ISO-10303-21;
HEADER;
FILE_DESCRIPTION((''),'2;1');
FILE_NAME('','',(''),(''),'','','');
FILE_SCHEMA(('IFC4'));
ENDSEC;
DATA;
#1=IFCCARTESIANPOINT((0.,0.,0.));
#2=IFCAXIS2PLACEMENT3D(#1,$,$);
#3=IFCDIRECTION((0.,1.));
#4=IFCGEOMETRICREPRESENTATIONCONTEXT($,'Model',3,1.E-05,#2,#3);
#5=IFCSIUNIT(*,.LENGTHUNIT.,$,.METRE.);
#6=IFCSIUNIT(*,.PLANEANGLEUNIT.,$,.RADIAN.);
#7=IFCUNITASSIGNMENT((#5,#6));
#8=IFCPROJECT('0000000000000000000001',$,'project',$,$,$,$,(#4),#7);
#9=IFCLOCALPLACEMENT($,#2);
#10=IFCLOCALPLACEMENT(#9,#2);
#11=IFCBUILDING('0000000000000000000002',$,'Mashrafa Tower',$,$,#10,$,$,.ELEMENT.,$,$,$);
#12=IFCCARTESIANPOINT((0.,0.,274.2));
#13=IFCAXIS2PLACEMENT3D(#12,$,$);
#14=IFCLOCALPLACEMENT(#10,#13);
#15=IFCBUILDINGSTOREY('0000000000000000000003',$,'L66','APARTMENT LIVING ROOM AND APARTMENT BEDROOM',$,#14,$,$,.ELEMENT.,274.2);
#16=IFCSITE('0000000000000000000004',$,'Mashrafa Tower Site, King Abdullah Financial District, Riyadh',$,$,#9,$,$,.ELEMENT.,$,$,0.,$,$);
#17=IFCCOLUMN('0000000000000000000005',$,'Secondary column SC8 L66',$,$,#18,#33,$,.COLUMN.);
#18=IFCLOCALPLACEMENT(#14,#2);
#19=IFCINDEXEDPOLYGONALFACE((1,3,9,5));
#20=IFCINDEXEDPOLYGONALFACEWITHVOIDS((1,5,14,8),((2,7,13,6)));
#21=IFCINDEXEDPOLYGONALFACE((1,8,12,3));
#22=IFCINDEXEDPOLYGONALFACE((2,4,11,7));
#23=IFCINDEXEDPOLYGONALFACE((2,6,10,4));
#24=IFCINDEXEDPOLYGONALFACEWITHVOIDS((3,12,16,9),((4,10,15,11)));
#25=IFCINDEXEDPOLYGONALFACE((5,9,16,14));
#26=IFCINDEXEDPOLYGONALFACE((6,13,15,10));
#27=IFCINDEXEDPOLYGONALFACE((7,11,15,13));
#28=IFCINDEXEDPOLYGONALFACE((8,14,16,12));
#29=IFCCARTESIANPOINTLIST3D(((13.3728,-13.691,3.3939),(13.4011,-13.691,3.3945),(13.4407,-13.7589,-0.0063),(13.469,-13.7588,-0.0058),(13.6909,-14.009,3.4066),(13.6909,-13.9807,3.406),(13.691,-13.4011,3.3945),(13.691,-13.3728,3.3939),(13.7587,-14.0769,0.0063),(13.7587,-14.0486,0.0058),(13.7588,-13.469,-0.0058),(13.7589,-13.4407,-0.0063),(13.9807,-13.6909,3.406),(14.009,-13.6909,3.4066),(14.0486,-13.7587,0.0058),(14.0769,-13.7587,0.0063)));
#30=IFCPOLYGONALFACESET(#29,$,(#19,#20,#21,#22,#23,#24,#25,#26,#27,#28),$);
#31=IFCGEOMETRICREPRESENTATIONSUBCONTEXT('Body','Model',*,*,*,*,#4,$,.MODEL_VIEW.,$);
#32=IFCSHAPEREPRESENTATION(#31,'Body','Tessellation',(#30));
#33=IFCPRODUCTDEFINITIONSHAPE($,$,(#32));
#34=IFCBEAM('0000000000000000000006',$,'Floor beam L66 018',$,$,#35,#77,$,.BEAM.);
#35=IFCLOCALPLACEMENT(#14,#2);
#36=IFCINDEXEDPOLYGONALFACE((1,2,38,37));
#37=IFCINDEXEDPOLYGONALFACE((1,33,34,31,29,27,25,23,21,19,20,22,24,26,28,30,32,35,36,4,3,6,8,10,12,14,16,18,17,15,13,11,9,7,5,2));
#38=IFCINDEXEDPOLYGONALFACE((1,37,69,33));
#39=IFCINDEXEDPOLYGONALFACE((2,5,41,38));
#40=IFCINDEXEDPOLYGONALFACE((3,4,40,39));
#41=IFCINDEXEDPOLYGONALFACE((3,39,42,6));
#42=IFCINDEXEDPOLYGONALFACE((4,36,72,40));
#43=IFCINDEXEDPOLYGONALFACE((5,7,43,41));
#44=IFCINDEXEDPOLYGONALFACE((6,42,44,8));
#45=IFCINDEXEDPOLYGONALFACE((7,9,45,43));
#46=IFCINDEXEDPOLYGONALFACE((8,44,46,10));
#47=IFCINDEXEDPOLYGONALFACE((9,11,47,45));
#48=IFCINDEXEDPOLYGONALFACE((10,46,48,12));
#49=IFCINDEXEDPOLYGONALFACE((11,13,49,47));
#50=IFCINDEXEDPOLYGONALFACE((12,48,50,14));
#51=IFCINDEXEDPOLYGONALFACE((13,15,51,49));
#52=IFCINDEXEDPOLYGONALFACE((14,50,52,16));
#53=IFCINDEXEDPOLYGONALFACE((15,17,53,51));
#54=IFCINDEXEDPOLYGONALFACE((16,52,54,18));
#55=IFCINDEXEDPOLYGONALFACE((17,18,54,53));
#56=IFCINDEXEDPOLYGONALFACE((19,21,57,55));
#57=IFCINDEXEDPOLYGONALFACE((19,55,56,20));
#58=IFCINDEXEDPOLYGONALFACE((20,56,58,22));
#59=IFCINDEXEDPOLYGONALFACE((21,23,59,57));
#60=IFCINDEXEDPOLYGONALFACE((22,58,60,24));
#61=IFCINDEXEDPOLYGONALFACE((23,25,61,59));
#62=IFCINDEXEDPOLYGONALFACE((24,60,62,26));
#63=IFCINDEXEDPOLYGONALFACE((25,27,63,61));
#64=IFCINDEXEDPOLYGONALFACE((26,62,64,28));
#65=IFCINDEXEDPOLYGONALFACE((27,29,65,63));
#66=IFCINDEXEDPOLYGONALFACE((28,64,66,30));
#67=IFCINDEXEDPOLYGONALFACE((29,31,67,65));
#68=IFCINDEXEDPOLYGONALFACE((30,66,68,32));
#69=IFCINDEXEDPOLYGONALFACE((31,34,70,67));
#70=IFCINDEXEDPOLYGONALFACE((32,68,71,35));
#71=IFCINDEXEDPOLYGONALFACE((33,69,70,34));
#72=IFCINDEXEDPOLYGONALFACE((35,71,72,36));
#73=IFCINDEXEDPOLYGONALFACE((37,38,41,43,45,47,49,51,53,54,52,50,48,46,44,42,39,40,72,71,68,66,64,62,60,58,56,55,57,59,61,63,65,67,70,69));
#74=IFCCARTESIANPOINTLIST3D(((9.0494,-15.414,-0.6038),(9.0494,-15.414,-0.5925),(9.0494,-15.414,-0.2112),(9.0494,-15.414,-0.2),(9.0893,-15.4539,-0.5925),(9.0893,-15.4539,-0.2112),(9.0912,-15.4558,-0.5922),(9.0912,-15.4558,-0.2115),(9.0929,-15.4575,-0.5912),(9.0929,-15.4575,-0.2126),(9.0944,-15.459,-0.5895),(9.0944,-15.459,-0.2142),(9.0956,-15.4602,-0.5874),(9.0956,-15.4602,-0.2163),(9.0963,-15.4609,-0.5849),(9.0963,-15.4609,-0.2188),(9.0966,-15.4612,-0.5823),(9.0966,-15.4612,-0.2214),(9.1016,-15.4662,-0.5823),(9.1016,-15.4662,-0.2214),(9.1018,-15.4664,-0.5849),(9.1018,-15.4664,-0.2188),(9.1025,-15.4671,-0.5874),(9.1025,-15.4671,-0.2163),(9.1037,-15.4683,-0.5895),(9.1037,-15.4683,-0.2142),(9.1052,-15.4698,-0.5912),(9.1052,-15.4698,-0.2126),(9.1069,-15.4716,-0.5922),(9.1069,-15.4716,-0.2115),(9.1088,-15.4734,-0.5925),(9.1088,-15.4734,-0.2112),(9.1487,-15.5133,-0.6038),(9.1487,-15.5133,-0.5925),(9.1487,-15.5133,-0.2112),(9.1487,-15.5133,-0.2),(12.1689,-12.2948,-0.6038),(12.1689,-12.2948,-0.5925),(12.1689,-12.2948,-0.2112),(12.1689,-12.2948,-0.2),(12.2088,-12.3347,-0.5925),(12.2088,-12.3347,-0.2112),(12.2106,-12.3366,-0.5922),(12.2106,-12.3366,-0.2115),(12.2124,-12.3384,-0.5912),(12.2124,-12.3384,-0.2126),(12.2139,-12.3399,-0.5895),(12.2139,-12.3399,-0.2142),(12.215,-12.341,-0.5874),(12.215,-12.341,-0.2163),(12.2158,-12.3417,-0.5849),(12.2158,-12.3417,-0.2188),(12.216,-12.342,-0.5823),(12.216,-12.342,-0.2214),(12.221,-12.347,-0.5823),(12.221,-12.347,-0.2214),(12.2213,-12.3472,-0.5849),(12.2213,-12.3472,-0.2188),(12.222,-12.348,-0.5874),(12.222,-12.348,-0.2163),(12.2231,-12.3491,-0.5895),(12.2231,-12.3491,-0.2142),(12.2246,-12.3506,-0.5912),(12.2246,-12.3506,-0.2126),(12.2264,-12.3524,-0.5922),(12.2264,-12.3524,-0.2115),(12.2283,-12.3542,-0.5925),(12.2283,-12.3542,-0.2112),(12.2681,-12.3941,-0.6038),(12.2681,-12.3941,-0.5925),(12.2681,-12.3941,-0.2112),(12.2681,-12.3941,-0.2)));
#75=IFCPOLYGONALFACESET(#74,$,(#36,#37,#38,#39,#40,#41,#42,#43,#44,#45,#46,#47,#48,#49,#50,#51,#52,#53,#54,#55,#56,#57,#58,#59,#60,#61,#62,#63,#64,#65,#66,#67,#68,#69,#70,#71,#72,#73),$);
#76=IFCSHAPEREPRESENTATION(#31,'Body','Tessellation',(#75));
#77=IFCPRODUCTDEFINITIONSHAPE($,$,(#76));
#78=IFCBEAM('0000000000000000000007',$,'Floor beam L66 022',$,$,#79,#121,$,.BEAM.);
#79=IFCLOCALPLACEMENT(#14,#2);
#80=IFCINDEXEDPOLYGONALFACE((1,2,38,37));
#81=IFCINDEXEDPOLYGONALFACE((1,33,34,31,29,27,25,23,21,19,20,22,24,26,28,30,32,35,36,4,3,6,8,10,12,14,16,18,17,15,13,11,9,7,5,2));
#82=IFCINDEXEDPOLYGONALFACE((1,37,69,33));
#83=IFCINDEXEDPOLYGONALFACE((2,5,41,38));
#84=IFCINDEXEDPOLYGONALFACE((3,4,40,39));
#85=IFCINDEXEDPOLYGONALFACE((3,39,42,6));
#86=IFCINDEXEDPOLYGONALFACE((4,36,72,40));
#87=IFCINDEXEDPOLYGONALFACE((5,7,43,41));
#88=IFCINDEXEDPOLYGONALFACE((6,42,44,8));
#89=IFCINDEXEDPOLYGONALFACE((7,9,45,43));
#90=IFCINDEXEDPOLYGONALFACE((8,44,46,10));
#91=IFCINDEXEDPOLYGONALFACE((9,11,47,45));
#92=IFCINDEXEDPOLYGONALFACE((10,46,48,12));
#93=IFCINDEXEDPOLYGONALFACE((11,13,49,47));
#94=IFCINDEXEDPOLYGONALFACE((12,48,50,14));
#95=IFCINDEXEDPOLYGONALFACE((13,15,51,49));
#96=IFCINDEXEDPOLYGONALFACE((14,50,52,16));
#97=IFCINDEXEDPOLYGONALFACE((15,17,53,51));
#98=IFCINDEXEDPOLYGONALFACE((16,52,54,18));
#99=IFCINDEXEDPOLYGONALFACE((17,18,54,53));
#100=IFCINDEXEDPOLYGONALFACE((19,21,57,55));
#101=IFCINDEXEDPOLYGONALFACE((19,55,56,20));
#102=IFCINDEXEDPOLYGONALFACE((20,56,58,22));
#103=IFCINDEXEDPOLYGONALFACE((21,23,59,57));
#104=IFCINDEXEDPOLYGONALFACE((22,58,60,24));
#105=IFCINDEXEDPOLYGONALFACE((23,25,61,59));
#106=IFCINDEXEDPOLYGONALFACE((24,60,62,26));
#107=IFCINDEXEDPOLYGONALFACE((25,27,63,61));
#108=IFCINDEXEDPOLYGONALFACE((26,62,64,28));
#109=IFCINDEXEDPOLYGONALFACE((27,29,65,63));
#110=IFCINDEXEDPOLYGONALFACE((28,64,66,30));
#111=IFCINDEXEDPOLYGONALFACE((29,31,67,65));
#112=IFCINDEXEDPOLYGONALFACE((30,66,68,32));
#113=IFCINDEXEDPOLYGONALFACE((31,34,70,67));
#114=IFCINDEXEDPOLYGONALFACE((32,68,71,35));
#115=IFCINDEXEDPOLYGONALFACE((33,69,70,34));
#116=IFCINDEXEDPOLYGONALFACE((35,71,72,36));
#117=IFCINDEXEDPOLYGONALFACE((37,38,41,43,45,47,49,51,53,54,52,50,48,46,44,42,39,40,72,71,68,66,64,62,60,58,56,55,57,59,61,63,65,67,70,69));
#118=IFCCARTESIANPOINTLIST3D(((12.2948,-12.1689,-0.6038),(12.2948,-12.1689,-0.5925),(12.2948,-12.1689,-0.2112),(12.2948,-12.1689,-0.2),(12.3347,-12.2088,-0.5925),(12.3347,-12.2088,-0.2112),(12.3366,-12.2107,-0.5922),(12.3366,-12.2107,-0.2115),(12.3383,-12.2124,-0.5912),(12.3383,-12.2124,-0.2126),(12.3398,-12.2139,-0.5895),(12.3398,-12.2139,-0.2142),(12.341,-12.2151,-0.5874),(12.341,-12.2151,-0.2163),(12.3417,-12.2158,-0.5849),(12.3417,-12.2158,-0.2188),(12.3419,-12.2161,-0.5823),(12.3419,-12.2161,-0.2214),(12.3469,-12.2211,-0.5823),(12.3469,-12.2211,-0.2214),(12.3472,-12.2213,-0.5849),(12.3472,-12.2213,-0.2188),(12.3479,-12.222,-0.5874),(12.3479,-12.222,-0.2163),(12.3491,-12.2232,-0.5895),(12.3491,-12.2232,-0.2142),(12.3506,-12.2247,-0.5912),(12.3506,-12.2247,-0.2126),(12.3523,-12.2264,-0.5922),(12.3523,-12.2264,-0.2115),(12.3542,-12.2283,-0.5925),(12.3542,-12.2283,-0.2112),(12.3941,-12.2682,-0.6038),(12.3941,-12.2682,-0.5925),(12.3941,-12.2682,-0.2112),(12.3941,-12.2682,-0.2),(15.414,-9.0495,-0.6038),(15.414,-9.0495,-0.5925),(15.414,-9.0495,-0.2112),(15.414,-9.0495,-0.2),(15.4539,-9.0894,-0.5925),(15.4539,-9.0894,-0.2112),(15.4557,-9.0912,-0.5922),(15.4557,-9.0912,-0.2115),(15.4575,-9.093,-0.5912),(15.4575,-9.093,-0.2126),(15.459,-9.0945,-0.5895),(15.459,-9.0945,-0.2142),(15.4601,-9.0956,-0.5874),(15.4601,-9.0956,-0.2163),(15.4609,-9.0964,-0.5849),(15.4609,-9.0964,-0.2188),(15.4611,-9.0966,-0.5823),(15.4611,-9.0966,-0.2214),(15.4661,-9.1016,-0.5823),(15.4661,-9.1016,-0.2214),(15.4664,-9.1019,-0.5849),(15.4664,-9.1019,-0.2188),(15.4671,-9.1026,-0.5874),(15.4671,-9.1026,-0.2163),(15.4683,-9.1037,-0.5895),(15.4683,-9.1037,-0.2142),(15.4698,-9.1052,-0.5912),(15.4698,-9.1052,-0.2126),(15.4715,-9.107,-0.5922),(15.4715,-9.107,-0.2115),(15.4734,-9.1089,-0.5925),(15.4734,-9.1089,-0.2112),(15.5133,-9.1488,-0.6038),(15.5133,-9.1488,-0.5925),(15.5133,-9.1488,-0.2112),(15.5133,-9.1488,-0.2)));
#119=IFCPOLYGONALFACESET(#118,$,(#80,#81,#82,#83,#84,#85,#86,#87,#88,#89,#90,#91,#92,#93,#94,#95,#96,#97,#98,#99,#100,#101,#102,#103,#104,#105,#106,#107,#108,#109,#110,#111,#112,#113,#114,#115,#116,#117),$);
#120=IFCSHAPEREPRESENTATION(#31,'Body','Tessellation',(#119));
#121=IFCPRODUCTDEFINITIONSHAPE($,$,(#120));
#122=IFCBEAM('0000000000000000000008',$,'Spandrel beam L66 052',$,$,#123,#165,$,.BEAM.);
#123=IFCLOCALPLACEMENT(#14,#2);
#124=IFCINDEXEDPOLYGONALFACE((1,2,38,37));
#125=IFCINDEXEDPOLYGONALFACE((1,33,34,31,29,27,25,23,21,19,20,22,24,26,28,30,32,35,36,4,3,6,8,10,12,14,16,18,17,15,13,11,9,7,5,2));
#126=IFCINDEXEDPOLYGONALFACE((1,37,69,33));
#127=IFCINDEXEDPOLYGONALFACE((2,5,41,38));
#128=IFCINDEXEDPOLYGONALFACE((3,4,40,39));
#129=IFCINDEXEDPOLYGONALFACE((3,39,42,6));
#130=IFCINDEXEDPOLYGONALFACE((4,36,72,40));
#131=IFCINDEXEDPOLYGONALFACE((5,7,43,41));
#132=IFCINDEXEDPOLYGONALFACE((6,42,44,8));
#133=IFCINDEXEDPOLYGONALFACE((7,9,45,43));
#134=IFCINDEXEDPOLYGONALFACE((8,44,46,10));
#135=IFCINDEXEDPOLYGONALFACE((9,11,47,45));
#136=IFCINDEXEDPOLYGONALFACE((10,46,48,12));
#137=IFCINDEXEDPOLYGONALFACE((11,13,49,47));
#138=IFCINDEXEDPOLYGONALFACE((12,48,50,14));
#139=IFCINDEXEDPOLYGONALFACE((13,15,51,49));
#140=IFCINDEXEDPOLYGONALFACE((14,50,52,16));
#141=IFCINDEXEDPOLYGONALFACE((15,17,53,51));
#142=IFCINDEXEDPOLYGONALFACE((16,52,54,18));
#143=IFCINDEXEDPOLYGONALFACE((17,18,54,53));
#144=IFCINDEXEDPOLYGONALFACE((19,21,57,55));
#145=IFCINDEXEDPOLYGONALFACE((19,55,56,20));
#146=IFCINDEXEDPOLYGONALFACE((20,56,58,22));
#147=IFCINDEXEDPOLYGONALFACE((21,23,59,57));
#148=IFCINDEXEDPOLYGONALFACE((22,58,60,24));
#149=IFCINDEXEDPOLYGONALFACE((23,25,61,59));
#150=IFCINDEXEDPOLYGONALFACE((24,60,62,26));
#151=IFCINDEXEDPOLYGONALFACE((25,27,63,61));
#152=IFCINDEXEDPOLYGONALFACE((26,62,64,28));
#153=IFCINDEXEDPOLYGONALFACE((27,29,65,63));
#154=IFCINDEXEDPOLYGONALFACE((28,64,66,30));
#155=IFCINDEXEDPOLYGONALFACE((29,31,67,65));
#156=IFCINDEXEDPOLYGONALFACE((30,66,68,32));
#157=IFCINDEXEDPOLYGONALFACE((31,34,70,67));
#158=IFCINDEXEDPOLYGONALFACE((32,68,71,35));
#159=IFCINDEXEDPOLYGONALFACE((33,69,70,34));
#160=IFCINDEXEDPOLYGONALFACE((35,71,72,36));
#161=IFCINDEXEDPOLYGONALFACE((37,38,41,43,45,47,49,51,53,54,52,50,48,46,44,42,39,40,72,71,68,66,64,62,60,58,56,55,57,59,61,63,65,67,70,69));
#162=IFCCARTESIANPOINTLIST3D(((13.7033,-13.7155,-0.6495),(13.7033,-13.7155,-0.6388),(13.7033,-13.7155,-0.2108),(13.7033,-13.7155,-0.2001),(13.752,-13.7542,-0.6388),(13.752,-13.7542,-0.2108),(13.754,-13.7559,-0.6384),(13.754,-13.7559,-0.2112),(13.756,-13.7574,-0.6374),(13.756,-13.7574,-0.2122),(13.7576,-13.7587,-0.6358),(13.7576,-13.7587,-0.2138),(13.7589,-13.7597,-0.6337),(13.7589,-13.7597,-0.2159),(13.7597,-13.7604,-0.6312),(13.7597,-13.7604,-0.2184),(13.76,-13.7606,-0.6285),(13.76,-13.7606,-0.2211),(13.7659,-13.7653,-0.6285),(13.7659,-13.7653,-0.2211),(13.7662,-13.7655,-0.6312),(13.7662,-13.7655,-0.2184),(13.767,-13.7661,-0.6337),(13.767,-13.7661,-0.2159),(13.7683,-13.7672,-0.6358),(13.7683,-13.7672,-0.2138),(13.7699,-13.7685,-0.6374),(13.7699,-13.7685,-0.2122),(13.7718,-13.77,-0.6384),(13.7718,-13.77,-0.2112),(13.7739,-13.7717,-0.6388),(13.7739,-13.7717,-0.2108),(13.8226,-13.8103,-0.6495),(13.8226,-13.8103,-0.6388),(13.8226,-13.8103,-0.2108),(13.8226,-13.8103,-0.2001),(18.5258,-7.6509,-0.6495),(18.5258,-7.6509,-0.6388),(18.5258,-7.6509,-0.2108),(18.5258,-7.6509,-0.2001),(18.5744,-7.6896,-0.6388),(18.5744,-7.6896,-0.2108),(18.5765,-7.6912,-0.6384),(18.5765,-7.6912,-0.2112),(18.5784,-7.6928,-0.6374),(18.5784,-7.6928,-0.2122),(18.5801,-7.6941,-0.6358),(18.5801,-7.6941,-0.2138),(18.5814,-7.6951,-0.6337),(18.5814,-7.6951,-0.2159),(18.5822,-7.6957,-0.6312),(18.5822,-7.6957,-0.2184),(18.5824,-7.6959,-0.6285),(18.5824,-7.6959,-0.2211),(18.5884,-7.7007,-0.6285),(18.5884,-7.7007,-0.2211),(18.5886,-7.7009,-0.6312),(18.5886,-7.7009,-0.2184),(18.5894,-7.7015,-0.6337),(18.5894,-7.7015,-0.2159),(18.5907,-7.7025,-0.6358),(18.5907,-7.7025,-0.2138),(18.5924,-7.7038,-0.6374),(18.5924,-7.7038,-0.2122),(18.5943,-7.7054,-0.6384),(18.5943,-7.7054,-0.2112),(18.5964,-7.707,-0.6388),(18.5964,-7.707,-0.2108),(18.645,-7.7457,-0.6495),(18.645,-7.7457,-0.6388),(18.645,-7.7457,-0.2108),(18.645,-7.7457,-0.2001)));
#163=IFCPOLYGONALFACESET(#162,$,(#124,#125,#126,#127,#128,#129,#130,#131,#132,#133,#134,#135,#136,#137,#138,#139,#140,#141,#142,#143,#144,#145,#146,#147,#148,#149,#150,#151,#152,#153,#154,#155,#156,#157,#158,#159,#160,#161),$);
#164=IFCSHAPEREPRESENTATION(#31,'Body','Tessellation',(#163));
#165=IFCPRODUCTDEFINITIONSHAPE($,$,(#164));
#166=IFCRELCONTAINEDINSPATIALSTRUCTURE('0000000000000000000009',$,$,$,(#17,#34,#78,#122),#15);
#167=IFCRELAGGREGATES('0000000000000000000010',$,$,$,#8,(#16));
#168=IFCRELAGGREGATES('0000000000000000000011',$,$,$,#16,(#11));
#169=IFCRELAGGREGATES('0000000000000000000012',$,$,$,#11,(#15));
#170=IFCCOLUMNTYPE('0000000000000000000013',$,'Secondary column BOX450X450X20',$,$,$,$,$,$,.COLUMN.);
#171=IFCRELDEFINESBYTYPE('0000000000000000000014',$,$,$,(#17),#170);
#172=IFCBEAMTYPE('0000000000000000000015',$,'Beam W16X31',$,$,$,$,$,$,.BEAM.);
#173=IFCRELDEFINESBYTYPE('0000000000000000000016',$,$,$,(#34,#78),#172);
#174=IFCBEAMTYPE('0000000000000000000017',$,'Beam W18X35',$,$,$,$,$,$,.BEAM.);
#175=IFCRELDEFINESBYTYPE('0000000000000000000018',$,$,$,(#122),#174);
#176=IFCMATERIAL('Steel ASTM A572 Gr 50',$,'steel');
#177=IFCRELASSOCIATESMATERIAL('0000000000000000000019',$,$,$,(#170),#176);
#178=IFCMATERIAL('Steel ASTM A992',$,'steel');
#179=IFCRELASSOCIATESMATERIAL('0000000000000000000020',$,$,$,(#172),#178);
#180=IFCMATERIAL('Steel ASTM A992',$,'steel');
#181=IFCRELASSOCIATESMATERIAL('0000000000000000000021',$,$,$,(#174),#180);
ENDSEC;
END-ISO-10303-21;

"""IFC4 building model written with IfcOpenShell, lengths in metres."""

from ifc_helpers import new_model, si_unit, direction, frame, origin, origin_2d, place, context, subcontext, project, spatial, hollow_rectangle, i_section, extrude, material, material_profile, profile_set, type_object, element, save


model = new_model("IFC4")

# Units and contexts
model_context = context("Model", 3, precision=1e-05, world=origin(), true_north=direction((0.0, 1.0)))
body_context = subcontext(model_context, "Body", "Model", "MODEL_VIEW")
ifc_project = project(units=[si_unit("LENGTHUNIT", "METRE"), si_unit("PLANEANGLEUNIT", "RADIAN")], contexts=[model_context])

# Site, building, storey
site_placement = place(None, origin())
site = spatial("IfcSite", under=ifc_project, at=site_placement, Name="Mashrafa Tower Site, King Abdullah Financial District, Riyadh", CompositionType="ELEMENT", RefElevation=0.0)
building_placement = place(site_placement, origin())
building = spatial("IfcBuilding", under=site, at=building_placement, Name="Mashrafa Tower", CompositionType="ELEMENT")
storey_placement = place(building_placement, frame((0.0, 0.0, 274.2)))
storey = spatial("IfcBuildingStorey", under=building, at=storey_placement, Name="L66", Description="APARTMENT LIVING ROOM AND APARTMENT BEDROOM", CompositionType="ELEMENT", Elevation=274.2)

# Column
ifc_material_1 = material(Name="Steel ASTM A572 Gr 50", Category="steel")
ifc_material_profile_1 = material_profile(ifc_material_1, hollow_rectangle(XDim=0.45, YDim=0.45, WallThickness=0.02, at=origin_2d()), Name="BOX450X450X20")
ifc_profile_set_1 = profile_set([ifc_material_profile_1], Name="Steel ASTM A572 Gr 50")
column_type = type_object("IfcColumnType", Name="Secondary column BOX450X450X20", PredefinedType="COLUMN", material=ifc_profile_set_1)
column_placement = place(storey_placement, frame((13.7588, -13.7588, 0.0), z_axis=(-0.019953, 0.019953, 0.999602), x_axis=(-0.707107, -0.707107, 0.0)))
element("IfcColumn", 1, at=column_placement, inside=storey, type_object=column_type, Name="Secondary column SC8 L66", PredefinedType="COLUMN", context=body_context, shape_type="SweptSolid", body=[
    extrude(hollow_rectangle(XDim=0.45, YDim=0.45, WallThickness=0.02, at=origin_2d()), origin(), (0.0, 0.0, 1.0), 3.4016),
])

# Beams
ifc_material_2 = material(Name="Steel ASTM A992", Category="steel")
ifc_material_profile_2 = material_profile(ifc_material_2, i_section(OverallWidth=0.1404, OverallDepth=0.4038, WebThickness=0.0071, FlangeThickness=0.0112, FilletRadius=0.0103, at=origin_2d()), Name="W16X31")
ifc_profile_set_2 = profile_set([ifc_material_profile_2], Name="Steel ASTM A992")
beam_type_1 = type_object("IfcBeamType", Name="Beam W16X31", PredefinedType="BEAM", material=ifc_profile_set_2)
for number, where, z_axis, x_axis, name in (
    (2, (12.2185, -12.3445, -0.4019), (-0.707134, -0.707079, 0.0), (0.707079, -0.707134, 0.0), "Floor beam L66 018"),
    (3, (15.4636, -9.0991, -0.4019), (-0.707079, -0.707134, 0.0), (0.707134, -0.707079, 0.0), "Floor beam L66 022"),
):
    element("IfcBeam", number, at=place(storey_placement, frame(where, z_axis=z_axis, x_axis=x_axis)), inside=storey, type_object=beam_type_1, Name=name, PredefinedType="BEAM", context=body_context, shape_type="SweptSolid", body=[
        extrude(i_section(OverallWidth=0.1404, OverallDepth=0.4038, WebThickness=0.0071, FlangeThickness=0.0112, FilletRadius=0.0103, at=origin_2d()), origin(), (0.0, 0.0, 1.0), 4.4114),
    ])
ifc_material_3 = material(Name="Steel ASTM A992", Category="steel")
ifc_material_profile_3 = material_profile(ifc_material_3, i_section(OverallWidth=0.1523, OverallDepth=0.4495, WebThickness=0.0076, FlangeThickness=0.0107, FilletRadius=0.0103, at=origin_2d()), Name="W18X35")
ifc_profile_set_3 = profile_set([ifc_material_profile_3], Name="Steel ASTM A992")
beam_type_2 = type_object("IfcBeamType", Name="Beam W18X35", PredefinedType="BEAM", material=ifc_profile_set_3)
for number, where, z_axis, x_axis, name in (
    (4, (13.7629, -13.7629, -0.4248), (0.622391, 0.782707, 0.0), (-0.782707, 0.622391, 0.0), "Spandrel beam L66 052"),
):
    element("IfcBeam", number, at=place(storey_placement, frame(where, z_axis=z_axis, x_axis=x_axis)), inside=storey, type_object=beam_type_2, Name=name, PredefinedType="BEAM", context=body_context, shape_type="SweptSolid", body=[
        extrude(i_section(OverallWidth=0.1523, OverallDepth=0.4495, WebThickness=0.0076, FlangeThickness=0.0107, FilletRadius=0.0103, at=origin_2d()), origin(), (0.0, 0.0, 1.0), 7.7483),
    ])

save(model, "model.ifc")
